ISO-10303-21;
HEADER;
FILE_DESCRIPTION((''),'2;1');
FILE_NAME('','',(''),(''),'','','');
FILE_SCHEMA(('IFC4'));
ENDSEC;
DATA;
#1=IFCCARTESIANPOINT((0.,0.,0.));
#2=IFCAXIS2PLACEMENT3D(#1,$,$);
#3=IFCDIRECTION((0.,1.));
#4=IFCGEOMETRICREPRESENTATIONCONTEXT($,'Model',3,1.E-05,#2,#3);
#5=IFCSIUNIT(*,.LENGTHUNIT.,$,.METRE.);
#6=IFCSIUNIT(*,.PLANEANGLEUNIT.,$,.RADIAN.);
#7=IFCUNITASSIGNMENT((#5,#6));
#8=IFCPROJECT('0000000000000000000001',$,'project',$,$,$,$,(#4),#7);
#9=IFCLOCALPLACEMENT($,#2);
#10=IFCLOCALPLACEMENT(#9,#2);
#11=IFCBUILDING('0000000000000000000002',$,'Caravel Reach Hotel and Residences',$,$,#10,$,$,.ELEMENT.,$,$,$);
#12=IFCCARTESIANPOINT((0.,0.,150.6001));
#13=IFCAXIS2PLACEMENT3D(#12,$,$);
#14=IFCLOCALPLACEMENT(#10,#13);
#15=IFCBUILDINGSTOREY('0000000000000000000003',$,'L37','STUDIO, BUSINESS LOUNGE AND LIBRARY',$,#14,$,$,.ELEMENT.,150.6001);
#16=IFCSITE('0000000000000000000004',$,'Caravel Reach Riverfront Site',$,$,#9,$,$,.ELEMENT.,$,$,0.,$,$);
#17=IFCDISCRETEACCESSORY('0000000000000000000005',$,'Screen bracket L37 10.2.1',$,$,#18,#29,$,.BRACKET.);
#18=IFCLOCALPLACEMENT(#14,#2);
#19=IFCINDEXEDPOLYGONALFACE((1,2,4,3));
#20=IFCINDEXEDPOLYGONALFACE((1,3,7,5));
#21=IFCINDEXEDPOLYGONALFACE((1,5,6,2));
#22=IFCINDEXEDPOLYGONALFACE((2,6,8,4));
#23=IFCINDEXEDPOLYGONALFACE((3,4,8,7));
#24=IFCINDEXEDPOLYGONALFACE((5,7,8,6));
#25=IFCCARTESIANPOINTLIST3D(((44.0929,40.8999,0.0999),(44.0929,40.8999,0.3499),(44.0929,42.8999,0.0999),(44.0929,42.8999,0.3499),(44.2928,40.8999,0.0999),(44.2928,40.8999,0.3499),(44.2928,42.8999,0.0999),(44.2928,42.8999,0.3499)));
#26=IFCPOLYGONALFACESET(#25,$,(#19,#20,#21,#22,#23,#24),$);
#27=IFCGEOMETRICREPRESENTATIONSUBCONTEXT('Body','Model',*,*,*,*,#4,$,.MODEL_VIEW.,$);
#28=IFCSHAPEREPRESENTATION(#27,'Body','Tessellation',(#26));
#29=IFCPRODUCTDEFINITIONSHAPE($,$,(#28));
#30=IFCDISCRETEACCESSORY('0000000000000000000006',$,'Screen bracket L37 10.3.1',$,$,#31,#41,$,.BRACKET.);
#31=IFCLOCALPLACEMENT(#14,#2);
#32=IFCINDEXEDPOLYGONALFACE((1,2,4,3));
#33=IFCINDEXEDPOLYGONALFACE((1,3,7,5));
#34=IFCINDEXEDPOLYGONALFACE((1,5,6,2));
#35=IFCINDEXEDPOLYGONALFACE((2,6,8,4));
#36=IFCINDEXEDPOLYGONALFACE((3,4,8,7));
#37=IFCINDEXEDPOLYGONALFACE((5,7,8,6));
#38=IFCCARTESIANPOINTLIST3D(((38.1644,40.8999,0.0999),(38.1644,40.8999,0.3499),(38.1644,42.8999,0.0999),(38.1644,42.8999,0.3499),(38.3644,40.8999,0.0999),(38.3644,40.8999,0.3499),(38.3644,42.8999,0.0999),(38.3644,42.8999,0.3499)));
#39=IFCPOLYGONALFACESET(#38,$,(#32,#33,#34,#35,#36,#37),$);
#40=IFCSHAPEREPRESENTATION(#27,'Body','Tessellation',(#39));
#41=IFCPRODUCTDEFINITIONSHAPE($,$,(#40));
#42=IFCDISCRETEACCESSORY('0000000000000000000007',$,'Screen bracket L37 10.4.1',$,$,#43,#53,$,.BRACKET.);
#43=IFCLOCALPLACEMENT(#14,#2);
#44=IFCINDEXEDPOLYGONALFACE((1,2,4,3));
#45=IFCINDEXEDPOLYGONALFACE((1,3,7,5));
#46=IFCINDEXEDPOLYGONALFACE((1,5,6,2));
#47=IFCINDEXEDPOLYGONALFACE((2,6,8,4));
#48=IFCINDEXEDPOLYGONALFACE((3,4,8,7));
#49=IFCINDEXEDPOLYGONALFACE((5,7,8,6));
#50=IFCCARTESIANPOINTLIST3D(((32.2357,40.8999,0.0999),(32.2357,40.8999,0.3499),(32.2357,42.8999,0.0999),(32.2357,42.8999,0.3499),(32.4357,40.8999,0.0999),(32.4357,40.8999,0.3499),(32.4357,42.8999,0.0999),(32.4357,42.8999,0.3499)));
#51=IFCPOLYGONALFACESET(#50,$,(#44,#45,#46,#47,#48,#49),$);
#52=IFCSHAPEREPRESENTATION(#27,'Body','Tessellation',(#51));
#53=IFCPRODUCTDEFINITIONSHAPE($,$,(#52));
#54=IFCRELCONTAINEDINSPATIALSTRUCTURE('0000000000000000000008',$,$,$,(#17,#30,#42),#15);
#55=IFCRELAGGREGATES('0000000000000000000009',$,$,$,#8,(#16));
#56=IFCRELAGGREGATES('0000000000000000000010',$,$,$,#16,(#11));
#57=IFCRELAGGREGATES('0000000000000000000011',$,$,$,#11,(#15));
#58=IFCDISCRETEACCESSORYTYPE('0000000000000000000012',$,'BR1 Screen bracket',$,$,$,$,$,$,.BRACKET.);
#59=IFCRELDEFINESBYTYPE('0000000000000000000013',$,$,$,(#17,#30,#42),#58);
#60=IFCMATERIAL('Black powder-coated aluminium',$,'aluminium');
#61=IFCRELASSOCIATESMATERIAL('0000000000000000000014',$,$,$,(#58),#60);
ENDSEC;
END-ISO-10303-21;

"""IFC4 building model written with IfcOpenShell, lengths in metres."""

from ifc_helpers import new_model, si_unit, direction, frame, origin, origin_2d, place, context, subcontext, project, spatial, rectangle, extrude, material, type_object, element, save


model = new_model("IFC4")

# Units and contexts
model_context = context("Model", 3, precision=1e-05, world=origin(), true_north=direction((0.0, 1.0)))
body_context = subcontext(model_context, "Body", "Model", "MODEL_VIEW")
ifc_project = project(units=[si_unit("LENGTHUNIT", "METRE"), si_unit("PLANEANGLEUNIT", "RADIAN")], contexts=[model_context])

# Site, building, storey
site_placement = place(None, origin())
site = spatial("IfcSite", under=ifc_project, at=site_placement, Name="Caravel Reach Riverfront Site", CompositionType="ELEMENT", RefElevation=0.0)
building_placement = place(site_placement, origin())
building = spatial("IfcBuilding", under=site, at=building_placement, Name="Caravel Reach Hotel and Residences", CompositionType="ELEMENT")
storey_placement = place(building_placement, frame((0.0, 0.0, 150.6001)))
storey = spatial("IfcBuildingStorey", under=building, at=storey_placement, Name="L37", Description="STUDIO, BUSINESS LOUNGE AND LIBRARY", CompositionType="ELEMENT", Elevation=150.6001)

# Discrete accessories
ifc_material_1 = material(Name="Black powder-coated aluminium", Category="aluminium")
discrete_accessory_type = type_object("IfcDiscreteAccessoryType", Name="BR1 Screen bracket", PredefinedType="BRACKET", material=ifc_material_1)
for number, where, z_axis, x_axis, name in (
    (1, (44.1929, 41.8999, 0.0999), (0.0, 0.0, 1.0), (0.0, 1.0, 0.0), "Screen bracket L37 10.2.1"),
    (2, (38.2644, 41.8999, 0.0999), (0.0, 0.0, 1.0), (0.0, 1.0, 0.0), "Screen bracket L37 10.3.1"),
    (3, (32.3357, 41.8999, 0.0999), (0.0, 0.0, 1.0), (0.0, 1.0, 0.0), "Screen bracket L37 10.4.1"),
):
    element("IfcDiscreteAccessory", number, at=place(storey_placement, frame(where, z_axis=z_axis, x_axis=x_axis)), inside=storey, type_object=discrete_accessory_type, Name=name, PredefinedType="BRACKET", context=body_context, shape_type="SweptSolid", body=[
        extrude(rectangle(XDim=2.0, YDim=0.2, at=origin_2d()), origin(), (0.0, 0.0, 1.0), 0.25),
    ])

save(model, "model.ifc")
